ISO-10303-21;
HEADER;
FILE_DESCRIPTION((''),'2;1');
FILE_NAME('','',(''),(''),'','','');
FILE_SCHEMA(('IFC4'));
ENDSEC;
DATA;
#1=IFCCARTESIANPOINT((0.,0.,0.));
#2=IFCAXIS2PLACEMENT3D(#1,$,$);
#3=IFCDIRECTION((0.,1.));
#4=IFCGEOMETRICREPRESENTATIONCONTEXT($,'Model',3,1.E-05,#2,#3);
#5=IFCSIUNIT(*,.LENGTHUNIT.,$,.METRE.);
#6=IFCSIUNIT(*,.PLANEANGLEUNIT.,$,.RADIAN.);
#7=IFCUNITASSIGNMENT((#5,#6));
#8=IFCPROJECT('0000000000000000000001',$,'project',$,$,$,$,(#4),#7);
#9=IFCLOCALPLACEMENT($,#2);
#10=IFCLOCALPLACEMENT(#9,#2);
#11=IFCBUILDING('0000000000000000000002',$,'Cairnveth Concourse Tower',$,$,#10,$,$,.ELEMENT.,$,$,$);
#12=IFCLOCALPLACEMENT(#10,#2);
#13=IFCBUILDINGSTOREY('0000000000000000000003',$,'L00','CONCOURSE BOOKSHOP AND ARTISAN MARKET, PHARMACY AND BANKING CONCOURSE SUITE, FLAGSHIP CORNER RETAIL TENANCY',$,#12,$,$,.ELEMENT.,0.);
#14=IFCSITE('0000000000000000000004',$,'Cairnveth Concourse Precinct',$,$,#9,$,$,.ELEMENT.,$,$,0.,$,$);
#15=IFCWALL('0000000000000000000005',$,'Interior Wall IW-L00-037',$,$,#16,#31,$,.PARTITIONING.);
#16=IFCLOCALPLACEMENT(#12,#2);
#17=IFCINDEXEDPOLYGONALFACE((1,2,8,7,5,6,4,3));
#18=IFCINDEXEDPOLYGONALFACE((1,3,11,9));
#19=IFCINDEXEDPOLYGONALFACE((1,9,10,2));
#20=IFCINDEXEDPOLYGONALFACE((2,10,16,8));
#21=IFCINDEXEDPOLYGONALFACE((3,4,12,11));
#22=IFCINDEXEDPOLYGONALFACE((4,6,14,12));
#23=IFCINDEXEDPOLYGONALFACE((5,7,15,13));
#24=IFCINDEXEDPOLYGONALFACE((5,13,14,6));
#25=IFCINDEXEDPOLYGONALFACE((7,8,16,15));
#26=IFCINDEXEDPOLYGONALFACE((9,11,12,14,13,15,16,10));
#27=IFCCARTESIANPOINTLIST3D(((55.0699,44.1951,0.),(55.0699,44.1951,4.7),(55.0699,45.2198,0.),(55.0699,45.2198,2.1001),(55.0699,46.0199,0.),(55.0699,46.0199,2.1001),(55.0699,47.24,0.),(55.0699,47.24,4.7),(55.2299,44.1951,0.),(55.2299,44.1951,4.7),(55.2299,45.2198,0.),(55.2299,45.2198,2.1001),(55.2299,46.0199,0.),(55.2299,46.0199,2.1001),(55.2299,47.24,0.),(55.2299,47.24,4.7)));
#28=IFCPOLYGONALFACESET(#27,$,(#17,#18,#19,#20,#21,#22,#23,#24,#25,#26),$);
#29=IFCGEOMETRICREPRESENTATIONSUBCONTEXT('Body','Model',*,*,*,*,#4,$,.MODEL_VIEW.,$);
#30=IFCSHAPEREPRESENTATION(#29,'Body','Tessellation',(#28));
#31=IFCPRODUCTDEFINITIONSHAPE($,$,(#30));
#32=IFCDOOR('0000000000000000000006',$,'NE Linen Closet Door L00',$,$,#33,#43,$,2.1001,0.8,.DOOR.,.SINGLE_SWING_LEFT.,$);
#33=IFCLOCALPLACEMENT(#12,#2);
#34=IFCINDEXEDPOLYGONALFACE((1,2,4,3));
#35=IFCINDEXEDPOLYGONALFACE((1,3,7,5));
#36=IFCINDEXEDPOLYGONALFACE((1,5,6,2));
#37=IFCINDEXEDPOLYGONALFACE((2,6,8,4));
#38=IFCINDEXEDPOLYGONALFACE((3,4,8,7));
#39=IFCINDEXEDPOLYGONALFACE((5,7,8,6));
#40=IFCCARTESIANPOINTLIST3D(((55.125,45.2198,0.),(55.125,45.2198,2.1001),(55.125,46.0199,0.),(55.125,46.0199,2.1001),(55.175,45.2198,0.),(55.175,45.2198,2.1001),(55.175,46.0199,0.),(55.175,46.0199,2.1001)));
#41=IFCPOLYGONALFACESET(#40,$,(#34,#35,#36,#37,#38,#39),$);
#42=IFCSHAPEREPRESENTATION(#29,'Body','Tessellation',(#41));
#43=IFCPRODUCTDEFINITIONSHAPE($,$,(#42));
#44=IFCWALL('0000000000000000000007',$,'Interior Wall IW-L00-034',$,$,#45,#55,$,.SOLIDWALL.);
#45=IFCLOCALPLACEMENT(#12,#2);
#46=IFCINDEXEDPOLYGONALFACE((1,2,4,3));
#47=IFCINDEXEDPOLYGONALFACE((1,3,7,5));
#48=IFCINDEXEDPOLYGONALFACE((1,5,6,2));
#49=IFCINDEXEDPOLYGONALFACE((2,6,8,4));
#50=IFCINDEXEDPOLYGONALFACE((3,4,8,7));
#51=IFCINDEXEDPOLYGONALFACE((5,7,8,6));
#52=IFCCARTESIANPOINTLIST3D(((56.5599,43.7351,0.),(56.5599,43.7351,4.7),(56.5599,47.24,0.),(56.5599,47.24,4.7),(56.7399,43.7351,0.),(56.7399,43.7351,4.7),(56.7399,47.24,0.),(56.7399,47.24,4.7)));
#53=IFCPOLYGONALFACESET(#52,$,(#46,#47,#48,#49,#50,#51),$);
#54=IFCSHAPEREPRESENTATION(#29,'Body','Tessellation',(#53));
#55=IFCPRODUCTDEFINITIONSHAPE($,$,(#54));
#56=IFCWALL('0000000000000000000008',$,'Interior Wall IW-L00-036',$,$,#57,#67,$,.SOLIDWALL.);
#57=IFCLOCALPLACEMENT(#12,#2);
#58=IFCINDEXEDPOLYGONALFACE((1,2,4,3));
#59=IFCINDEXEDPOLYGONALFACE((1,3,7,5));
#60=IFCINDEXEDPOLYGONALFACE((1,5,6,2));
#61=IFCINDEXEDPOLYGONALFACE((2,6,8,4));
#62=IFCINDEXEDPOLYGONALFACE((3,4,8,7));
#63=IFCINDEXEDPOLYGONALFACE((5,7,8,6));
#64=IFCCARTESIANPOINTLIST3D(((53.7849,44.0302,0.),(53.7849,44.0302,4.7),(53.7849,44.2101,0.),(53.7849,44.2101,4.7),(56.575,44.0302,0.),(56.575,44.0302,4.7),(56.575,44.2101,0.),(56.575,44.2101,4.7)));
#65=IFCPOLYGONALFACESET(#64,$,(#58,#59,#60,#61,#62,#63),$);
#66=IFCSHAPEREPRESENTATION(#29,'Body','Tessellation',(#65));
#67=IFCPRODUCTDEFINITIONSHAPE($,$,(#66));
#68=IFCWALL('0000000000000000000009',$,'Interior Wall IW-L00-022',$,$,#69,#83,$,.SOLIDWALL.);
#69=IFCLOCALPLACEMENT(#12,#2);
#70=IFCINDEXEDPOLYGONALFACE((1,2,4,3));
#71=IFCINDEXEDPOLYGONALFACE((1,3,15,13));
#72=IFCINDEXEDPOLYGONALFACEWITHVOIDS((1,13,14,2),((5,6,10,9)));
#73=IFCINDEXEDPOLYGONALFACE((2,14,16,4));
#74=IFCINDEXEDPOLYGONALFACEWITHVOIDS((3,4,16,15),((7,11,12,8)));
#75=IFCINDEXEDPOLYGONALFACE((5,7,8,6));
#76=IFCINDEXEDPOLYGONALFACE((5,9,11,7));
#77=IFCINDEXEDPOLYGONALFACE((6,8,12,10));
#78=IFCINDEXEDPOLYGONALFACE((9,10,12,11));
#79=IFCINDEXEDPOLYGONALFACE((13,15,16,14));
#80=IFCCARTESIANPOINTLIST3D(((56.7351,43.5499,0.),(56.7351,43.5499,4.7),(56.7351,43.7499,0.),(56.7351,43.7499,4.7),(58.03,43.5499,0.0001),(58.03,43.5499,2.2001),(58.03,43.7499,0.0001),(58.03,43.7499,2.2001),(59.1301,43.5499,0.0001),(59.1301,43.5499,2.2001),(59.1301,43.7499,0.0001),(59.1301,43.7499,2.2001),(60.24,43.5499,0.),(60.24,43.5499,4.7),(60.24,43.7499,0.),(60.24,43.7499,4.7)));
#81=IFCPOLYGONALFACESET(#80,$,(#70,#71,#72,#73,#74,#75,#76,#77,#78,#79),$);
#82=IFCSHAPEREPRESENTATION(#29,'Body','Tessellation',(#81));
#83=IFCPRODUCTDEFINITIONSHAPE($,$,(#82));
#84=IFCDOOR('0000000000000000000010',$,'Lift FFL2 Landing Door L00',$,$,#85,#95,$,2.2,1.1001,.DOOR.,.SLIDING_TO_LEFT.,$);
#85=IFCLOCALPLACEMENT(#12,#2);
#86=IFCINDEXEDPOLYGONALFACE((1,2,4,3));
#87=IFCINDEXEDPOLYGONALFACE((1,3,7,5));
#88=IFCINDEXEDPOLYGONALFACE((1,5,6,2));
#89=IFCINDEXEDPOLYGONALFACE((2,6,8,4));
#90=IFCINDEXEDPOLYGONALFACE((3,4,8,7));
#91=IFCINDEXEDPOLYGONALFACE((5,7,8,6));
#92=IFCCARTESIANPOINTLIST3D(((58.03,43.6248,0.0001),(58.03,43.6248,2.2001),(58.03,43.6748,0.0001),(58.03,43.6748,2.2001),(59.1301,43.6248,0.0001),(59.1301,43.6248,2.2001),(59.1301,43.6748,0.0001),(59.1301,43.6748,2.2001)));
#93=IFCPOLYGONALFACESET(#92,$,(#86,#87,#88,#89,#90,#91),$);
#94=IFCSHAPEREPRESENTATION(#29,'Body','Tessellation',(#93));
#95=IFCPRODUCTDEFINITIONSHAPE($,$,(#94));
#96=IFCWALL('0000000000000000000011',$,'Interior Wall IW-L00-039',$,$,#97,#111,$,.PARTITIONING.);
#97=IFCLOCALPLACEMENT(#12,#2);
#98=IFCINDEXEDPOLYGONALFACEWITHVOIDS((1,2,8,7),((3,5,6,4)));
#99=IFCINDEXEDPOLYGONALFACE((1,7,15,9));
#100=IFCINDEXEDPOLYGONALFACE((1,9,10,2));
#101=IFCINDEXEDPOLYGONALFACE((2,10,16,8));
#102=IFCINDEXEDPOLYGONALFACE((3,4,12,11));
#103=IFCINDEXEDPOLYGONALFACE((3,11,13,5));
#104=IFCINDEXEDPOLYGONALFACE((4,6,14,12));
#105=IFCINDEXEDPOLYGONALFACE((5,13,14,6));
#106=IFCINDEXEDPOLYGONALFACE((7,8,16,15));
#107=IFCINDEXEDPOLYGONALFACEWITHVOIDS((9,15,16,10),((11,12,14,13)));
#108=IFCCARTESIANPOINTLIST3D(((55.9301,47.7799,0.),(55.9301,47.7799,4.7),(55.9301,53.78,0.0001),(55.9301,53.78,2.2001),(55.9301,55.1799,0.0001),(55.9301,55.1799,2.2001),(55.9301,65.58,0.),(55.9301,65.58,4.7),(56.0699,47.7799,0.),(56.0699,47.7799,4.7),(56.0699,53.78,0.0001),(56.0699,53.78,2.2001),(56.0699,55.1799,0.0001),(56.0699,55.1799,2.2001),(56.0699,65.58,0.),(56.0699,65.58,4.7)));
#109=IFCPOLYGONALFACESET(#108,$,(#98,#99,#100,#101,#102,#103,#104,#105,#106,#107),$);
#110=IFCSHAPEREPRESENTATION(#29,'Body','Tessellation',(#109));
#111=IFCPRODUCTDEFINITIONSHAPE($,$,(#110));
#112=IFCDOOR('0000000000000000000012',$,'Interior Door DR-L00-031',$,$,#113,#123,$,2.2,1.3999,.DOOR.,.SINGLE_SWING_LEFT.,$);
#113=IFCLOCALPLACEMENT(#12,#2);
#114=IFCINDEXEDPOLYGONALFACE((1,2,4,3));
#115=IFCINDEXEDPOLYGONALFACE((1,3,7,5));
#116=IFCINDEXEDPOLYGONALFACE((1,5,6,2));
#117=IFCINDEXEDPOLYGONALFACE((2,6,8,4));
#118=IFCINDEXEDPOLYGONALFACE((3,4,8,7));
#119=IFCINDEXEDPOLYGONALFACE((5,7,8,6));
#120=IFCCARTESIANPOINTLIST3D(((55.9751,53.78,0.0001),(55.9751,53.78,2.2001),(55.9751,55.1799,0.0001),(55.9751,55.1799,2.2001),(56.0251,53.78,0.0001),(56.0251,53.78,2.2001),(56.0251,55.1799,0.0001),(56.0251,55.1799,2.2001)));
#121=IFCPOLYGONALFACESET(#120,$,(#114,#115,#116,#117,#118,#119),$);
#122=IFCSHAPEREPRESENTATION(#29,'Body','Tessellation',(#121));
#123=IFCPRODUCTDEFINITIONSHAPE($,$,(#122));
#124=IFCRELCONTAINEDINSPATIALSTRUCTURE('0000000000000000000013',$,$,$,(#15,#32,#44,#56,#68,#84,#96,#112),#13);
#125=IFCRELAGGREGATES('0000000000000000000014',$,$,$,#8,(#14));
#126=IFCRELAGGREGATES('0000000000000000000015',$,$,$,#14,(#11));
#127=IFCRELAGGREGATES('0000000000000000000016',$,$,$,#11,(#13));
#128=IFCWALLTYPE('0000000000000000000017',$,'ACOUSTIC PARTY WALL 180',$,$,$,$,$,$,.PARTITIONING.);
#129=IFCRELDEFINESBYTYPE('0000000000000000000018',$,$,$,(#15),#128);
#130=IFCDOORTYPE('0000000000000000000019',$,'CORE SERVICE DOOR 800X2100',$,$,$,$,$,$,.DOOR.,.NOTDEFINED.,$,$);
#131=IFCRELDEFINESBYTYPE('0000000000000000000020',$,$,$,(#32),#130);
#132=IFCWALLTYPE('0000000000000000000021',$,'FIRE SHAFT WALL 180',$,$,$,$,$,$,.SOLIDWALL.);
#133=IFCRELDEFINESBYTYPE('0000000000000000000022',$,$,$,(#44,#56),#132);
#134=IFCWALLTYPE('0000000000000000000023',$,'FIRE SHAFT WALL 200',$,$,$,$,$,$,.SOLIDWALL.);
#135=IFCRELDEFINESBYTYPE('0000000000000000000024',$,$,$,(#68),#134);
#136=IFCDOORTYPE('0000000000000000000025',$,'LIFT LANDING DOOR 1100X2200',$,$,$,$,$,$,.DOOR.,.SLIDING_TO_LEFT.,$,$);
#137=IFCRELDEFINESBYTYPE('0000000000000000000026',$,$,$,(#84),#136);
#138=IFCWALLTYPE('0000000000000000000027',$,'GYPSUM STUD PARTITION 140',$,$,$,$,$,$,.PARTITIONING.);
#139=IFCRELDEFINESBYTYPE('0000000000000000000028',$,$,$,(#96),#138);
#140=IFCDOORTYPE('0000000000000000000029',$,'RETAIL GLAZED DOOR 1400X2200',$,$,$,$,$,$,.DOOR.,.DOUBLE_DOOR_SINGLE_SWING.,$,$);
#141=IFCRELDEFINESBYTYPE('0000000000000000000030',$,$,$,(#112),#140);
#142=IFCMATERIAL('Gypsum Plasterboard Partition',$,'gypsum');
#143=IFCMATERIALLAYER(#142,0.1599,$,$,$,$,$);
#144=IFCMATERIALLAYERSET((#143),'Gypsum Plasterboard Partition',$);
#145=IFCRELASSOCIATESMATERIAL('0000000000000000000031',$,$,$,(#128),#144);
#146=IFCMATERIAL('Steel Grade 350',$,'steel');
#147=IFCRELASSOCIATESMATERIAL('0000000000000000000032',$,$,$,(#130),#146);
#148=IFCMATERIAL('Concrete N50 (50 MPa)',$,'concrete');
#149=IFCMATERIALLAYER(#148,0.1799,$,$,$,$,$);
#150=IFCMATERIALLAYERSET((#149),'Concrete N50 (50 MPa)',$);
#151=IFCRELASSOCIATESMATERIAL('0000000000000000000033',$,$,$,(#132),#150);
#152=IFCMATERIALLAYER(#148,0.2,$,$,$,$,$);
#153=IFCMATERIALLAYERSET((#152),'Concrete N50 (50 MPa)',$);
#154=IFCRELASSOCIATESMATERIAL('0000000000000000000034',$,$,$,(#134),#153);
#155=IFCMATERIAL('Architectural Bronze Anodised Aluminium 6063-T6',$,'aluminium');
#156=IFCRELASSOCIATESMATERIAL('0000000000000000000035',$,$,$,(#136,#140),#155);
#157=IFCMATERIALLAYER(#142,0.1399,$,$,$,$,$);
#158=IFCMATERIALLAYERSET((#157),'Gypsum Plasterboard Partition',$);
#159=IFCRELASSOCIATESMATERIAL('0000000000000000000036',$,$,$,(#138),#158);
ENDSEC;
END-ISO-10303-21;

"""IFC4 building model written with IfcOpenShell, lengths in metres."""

from ifc_helpers import new_model, si_unit, direction, frame, frame_2d, origin, place, context, subcontext, project, spatial, rectangle, extrude, material, layer, layer_set, type_object, element, fill, save


model = new_model("IFC4")

# Units and contexts
model_context = context("Model", 3, precision=1e-05, world=origin(), true_north=direction((0.0, 1.0)))
body_context = subcontext(model_context, "Body", "Model", "MODEL_VIEW")
ifc_project = project(units=[si_unit("LENGTHUNIT", "METRE"), si_unit("PLANEANGLEUNIT", "RADIAN")], contexts=[model_context])

# Site, building, storey
site_placement = place(None, origin())
site = spatial("IfcSite", under=ifc_project, at=site_placement, Name="Cairnveth Concourse Precinct", CompositionType="ELEMENT", RefElevation=0.0)
building_placement = place(site_placement, origin())
building = spatial("IfcBuilding", under=site, at=building_placement, Name="Cairnveth Concourse Tower", CompositionType="ELEMENT")
storey_placement = place(building_placement, origin())
storey = spatial("IfcBuildingStorey", under=building, at=storey_placement, Name="L00", Description="CONCOURSE BOOKSHOP AND ARTISAN MARKET, PHARMACY AND BANKING CONCOURSE SUITE, FLAGSHIP CORNER RETAIL TENANCY", CompositionType="ELEMENT", Elevation=0.0)

# Shared definitions
ifc_material_1 = material(Name="Architectural Bronze Anodised Aluminium 6063-T6", Category="aluminium")

# Shared definitions
ifc_material_2 = material(Name="Steel Grade 350", Category="steel")

# Wall, opening, door
ifc_material_3 = material(Name="Gypsum Plasterboard Partition", Category="gypsum")
ifc_layer_1 = layer(ifc_material_3, 0.1599)
ifc_layer_set_1 = layer_set([ifc_layer_1], Name="Gypsum Plasterboard Partition")
wall_type_1 = type_object("IfcWallType", Name="ACOUSTIC PARTY WALL 180", PredefinedType="PARTITIONING", material=ifc_layer_set_1)
wall_1_placement = place(storey_placement, frame((55.1499, 44.1951, 0.0), z_axis=(0.0, 0.0, 1.0), x_axis=(0.0, 1.0, 0.0)))
wall_1 = element("IfcWall", 1, at=wall_1_placement, inside=storey, type_object=wall_type_1, Name="Interior Wall IW-L00-037", PredefinedType="PARTITIONING", context=body_context, shape_type="SweptSolid", body=[
    extrude(rectangle(XDim=3.0449, YDim=0.1599, at=frame_2d((1.5225, 0.0))), origin(), (0.0, 0.0, 1.0), 4.7),
])
opening_1_placement = place(wall_1_placement, frame((1.0249, 0.0, 0.0)))
opening_1 = element("IfcOpeningElement", 2, at=opening_1_placement, cuts=wall_1, PredefinedType="OPENING", context=body_context, shape_type="SweptSolid", body=[
    extrude(rectangle(XDim=0.8, YDim=2.1001, at=frame_2d((0.3999, 1.05))), frame((0.0, 0.0898, 0.0), z_axis=(0.0, -1.0, 0.0), x_axis=(1.0, 0.0, 0.0)), (0.0, 0.0, 1.0), 0.1799),
])
door_type_1 = type_object("IfcDoorType", Name="CORE SERVICE DOOR 800X2100", OperationType="NOTDEFINED", PredefinedType="DOOR", material=ifc_material_2)
door_1_placement = place(opening_1_placement, origin())
door_1 = element("IfcDoor", 3, at=door_1_placement, inside=storey, type_object=door_type_1, Name="NE Linen Closet Door L00", OperationType="SINGLE_SWING_LEFT", OverallHeight=2.1001, OverallWidth=0.8, PredefinedType="DOOR", context=body_context, shape_type="SweptSolid", body=[
    extrude(rectangle(XDim=0.8, YDim=2.1001, at=frame_2d((0.3999, 1.05))), frame((0.0, 0.0249, 0.0), z_axis=(0.0, -1.0, 0.0), x_axis=(1.0, 0.0, 0.0)), (0.0, 0.0, 1.0), 0.05),
])
fill(opening_1, door_1)

# Walls
ifc_material_4 = material(Name="Concrete N50 (50 MPa)", Category="concrete")
ifc_layer_2 = layer(ifc_material_4, 0.1799)
ifc_layer_set_2 = layer_set([ifc_layer_2], Name="Concrete N50 (50 MPa)")
wall_type_2 = type_object("IfcWallType", Name="FIRE SHAFT WALL 180", PredefinedType="SOLIDWALL", material=ifc_layer_set_2)
wall_2_placement = place(storey_placement, frame((56.6499, 43.7351, 0.0), z_axis=(0.0, 0.0, 1.0), x_axis=(0.0, 1.0, 0.0)))
element("IfcWall", 4, at=wall_2_placement, inside=storey, type_object=wall_type_2, Name="Interior Wall IW-L00-034", PredefinedType="SOLIDWALL", context=body_context, shape_type="SweptSolid", body=[
    extrude(rectangle(XDim=3.5049, YDim=0.1799, at=frame_2d((1.7524, 0.0))), origin(), (0.0, 0.0, 1.0), 4.7),
])
wall_3_placement = place(storey_placement, frame((53.7849, 44.1201, 0.0), z_axis=(0.0, 0.0, 1.0), x_axis=(1.0, 0.0, 0.0)))
element("IfcWall", 5, at=wall_3_placement, inside=storey, type_object=wall_type_2, Name="Interior Wall IW-L00-036", PredefinedType="SOLIDWALL", context=body_context, shape_type="SweptSolid", body=[
    extrude(rectangle(XDim=2.79, YDim=0.1799, at=frame_2d((1.395, 0.0))), origin(), (0.0, 0.0, 1.0), 4.7),
])

# Walls, openings, doors
ifc_layer_3 = layer(ifc_material_4, 0.2)
ifc_layer_set_3 = layer_set([ifc_layer_3], Name="Concrete N50 (50 MPa)")
wall_type_3 = type_object("IfcWallType", Name="FIRE SHAFT WALL 200", PredefinedType="SOLIDWALL", material=ifc_layer_set_3)
wall_4_placement = place(storey_placement, frame((56.7351, 43.6499, 0.0), z_axis=(0.0, 0.0, 1.0), x_axis=(1.0, 0.0, 0.0)))
wall_4 = element("IfcWall", 6, at=wall_4_placement, inside=storey, type_object=wall_type_3, Name="Interior Wall IW-L00-022", PredefinedType="SOLIDWALL", context=body_context, shape_type="SweptSolid", body=[
    extrude(rectangle(XDim=3.5049, YDim=0.2, at=frame_2d((1.7524, 0.0))), origin(), (0.0, 0.0, 1.0), 4.7),
])
opening_2_placement = place(wall_4_placement, frame((1.2949, 0.0, 0.0)))
opening_2 = element("IfcOpeningElement", 7, at=opening_2_placement, cuts=wall_4, PredefinedType="OPENING", context=body_context, shape_type="SweptSolid", body=[
    extrude(rectangle(XDim=1.1001, YDim=2.2, at=frame_2d((0.55, 1.1001))), frame((0.0, 0.1099, 0.0), z_axis=(0.0, -1.0, 0.0), x_axis=(1.0, 0.0, 0.0)), (0.0, 0.0, 1.0), 0.22),
])
door_type_2 = type_object("IfcDoorType", Name="LIFT LANDING DOOR 1100X2200", OperationType="SLIDING_TO_LEFT", PredefinedType="DOOR", material=ifc_material_1)
door_2_placement = place(opening_2_placement, origin())
door_2 = element("IfcDoor", 8, at=door_2_placement, inside=storey, type_object=door_type_2, Name="Lift FFL2 Landing Door L00", OperationType="SLIDING_TO_LEFT", OverallHeight=2.2, OverallWidth=1.1001, PredefinedType="DOOR", context=body_context, shape_type="SweptSolid", body=[
    extrude(rectangle(XDim=1.1001, YDim=2.2, at=frame_2d((0.55, 1.1001))), frame((0.0, 0.0249, 0.0), z_axis=(0.0, -1.0, 0.0), x_axis=(1.0, 0.0, 0.0)), (0.0, 0.0, 1.0), 0.05),
])
fill(opening_2, door_2)
ifc_layer_4 = layer(ifc_material_3, 0.1399)
ifc_layer_set_4 = layer_set([ifc_layer_4], Name="Gypsum Plasterboard Partition")
wall_type_4 = type_object("IfcWallType", Name="GYPSUM STUD PARTITION 140", PredefinedType="PARTITIONING", material=ifc_layer_set_4)
wall_5_placement = place(storey_placement, frame((56.0, 47.78, 0.0), z_axis=(0.0, 0.0, 1.0), x_axis=(0.0, 1.0, 0.0)))
wall_5 = element("IfcWall", 9, at=wall_5_placement, inside=storey, type_object=wall_type_4, Name="Interior Wall IW-L00-039", PredefinedType="PARTITIONING", context=body_context, shape_type="SweptSolid", body=[
    extrude(rectangle(XDim=17.8, YDim=0.1399, at=frame_2d((8.8999, 0.0))), origin(), (0.0, 0.0, 1.0), 4.7),
])
opening_3_placement = place(wall_5_placement, frame((6.0, 0.0, 0.0)))
opening_3 = element("IfcOpeningElement", 10, at=opening_3_placement, cuts=wall_5, PredefinedType="OPENING", context=body_context, shape_type="SweptSolid", body=[
    extrude(rectangle(XDim=1.3999, YDim=2.2, at=frame_2d((0.7, 1.1001))), frame((0.0, 0.0798, 0.0), z_axis=(0.0, -1.0, 0.0), x_axis=(1.0, 0.0, 0.0)), (0.0, 0.0, 1.0), 0.1599),
])
door_type_3 = type_object("IfcDoorType", Name="RETAIL GLAZED DOOR 1400X2200", OperationType="DOUBLE_DOOR_SINGLE_SWING", PredefinedType="DOOR", material=ifc_material_1)
door_3_placement = place(opening_3_placement, origin())
door_3 = element("IfcDoor", 11, at=door_3_placement, inside=storey, type_object=door_type_3, Name="Interior Door DR-L00-031", OperationType="SINGLE_SWING_LEFT", OverallHeight=2.2, OverallWidth=1.3999, PredefinedType="DOOR", context=body_context, shape_type="SweptSolid", body=[
    extrude(rectangle(XDim=1.3999, YDim=2.2, at=frame_2d((0.7, 1.1001))), frame((0.0, 0.0249, 0.0), z_axis=(0.0, -1.0, 0.0), x_axis=(1.0, 0.0, 0.0)), (0.0, 0.0, 1.0), 0.05),
])
fill(opening_3, door_3)

save(model, "model.ifc")
